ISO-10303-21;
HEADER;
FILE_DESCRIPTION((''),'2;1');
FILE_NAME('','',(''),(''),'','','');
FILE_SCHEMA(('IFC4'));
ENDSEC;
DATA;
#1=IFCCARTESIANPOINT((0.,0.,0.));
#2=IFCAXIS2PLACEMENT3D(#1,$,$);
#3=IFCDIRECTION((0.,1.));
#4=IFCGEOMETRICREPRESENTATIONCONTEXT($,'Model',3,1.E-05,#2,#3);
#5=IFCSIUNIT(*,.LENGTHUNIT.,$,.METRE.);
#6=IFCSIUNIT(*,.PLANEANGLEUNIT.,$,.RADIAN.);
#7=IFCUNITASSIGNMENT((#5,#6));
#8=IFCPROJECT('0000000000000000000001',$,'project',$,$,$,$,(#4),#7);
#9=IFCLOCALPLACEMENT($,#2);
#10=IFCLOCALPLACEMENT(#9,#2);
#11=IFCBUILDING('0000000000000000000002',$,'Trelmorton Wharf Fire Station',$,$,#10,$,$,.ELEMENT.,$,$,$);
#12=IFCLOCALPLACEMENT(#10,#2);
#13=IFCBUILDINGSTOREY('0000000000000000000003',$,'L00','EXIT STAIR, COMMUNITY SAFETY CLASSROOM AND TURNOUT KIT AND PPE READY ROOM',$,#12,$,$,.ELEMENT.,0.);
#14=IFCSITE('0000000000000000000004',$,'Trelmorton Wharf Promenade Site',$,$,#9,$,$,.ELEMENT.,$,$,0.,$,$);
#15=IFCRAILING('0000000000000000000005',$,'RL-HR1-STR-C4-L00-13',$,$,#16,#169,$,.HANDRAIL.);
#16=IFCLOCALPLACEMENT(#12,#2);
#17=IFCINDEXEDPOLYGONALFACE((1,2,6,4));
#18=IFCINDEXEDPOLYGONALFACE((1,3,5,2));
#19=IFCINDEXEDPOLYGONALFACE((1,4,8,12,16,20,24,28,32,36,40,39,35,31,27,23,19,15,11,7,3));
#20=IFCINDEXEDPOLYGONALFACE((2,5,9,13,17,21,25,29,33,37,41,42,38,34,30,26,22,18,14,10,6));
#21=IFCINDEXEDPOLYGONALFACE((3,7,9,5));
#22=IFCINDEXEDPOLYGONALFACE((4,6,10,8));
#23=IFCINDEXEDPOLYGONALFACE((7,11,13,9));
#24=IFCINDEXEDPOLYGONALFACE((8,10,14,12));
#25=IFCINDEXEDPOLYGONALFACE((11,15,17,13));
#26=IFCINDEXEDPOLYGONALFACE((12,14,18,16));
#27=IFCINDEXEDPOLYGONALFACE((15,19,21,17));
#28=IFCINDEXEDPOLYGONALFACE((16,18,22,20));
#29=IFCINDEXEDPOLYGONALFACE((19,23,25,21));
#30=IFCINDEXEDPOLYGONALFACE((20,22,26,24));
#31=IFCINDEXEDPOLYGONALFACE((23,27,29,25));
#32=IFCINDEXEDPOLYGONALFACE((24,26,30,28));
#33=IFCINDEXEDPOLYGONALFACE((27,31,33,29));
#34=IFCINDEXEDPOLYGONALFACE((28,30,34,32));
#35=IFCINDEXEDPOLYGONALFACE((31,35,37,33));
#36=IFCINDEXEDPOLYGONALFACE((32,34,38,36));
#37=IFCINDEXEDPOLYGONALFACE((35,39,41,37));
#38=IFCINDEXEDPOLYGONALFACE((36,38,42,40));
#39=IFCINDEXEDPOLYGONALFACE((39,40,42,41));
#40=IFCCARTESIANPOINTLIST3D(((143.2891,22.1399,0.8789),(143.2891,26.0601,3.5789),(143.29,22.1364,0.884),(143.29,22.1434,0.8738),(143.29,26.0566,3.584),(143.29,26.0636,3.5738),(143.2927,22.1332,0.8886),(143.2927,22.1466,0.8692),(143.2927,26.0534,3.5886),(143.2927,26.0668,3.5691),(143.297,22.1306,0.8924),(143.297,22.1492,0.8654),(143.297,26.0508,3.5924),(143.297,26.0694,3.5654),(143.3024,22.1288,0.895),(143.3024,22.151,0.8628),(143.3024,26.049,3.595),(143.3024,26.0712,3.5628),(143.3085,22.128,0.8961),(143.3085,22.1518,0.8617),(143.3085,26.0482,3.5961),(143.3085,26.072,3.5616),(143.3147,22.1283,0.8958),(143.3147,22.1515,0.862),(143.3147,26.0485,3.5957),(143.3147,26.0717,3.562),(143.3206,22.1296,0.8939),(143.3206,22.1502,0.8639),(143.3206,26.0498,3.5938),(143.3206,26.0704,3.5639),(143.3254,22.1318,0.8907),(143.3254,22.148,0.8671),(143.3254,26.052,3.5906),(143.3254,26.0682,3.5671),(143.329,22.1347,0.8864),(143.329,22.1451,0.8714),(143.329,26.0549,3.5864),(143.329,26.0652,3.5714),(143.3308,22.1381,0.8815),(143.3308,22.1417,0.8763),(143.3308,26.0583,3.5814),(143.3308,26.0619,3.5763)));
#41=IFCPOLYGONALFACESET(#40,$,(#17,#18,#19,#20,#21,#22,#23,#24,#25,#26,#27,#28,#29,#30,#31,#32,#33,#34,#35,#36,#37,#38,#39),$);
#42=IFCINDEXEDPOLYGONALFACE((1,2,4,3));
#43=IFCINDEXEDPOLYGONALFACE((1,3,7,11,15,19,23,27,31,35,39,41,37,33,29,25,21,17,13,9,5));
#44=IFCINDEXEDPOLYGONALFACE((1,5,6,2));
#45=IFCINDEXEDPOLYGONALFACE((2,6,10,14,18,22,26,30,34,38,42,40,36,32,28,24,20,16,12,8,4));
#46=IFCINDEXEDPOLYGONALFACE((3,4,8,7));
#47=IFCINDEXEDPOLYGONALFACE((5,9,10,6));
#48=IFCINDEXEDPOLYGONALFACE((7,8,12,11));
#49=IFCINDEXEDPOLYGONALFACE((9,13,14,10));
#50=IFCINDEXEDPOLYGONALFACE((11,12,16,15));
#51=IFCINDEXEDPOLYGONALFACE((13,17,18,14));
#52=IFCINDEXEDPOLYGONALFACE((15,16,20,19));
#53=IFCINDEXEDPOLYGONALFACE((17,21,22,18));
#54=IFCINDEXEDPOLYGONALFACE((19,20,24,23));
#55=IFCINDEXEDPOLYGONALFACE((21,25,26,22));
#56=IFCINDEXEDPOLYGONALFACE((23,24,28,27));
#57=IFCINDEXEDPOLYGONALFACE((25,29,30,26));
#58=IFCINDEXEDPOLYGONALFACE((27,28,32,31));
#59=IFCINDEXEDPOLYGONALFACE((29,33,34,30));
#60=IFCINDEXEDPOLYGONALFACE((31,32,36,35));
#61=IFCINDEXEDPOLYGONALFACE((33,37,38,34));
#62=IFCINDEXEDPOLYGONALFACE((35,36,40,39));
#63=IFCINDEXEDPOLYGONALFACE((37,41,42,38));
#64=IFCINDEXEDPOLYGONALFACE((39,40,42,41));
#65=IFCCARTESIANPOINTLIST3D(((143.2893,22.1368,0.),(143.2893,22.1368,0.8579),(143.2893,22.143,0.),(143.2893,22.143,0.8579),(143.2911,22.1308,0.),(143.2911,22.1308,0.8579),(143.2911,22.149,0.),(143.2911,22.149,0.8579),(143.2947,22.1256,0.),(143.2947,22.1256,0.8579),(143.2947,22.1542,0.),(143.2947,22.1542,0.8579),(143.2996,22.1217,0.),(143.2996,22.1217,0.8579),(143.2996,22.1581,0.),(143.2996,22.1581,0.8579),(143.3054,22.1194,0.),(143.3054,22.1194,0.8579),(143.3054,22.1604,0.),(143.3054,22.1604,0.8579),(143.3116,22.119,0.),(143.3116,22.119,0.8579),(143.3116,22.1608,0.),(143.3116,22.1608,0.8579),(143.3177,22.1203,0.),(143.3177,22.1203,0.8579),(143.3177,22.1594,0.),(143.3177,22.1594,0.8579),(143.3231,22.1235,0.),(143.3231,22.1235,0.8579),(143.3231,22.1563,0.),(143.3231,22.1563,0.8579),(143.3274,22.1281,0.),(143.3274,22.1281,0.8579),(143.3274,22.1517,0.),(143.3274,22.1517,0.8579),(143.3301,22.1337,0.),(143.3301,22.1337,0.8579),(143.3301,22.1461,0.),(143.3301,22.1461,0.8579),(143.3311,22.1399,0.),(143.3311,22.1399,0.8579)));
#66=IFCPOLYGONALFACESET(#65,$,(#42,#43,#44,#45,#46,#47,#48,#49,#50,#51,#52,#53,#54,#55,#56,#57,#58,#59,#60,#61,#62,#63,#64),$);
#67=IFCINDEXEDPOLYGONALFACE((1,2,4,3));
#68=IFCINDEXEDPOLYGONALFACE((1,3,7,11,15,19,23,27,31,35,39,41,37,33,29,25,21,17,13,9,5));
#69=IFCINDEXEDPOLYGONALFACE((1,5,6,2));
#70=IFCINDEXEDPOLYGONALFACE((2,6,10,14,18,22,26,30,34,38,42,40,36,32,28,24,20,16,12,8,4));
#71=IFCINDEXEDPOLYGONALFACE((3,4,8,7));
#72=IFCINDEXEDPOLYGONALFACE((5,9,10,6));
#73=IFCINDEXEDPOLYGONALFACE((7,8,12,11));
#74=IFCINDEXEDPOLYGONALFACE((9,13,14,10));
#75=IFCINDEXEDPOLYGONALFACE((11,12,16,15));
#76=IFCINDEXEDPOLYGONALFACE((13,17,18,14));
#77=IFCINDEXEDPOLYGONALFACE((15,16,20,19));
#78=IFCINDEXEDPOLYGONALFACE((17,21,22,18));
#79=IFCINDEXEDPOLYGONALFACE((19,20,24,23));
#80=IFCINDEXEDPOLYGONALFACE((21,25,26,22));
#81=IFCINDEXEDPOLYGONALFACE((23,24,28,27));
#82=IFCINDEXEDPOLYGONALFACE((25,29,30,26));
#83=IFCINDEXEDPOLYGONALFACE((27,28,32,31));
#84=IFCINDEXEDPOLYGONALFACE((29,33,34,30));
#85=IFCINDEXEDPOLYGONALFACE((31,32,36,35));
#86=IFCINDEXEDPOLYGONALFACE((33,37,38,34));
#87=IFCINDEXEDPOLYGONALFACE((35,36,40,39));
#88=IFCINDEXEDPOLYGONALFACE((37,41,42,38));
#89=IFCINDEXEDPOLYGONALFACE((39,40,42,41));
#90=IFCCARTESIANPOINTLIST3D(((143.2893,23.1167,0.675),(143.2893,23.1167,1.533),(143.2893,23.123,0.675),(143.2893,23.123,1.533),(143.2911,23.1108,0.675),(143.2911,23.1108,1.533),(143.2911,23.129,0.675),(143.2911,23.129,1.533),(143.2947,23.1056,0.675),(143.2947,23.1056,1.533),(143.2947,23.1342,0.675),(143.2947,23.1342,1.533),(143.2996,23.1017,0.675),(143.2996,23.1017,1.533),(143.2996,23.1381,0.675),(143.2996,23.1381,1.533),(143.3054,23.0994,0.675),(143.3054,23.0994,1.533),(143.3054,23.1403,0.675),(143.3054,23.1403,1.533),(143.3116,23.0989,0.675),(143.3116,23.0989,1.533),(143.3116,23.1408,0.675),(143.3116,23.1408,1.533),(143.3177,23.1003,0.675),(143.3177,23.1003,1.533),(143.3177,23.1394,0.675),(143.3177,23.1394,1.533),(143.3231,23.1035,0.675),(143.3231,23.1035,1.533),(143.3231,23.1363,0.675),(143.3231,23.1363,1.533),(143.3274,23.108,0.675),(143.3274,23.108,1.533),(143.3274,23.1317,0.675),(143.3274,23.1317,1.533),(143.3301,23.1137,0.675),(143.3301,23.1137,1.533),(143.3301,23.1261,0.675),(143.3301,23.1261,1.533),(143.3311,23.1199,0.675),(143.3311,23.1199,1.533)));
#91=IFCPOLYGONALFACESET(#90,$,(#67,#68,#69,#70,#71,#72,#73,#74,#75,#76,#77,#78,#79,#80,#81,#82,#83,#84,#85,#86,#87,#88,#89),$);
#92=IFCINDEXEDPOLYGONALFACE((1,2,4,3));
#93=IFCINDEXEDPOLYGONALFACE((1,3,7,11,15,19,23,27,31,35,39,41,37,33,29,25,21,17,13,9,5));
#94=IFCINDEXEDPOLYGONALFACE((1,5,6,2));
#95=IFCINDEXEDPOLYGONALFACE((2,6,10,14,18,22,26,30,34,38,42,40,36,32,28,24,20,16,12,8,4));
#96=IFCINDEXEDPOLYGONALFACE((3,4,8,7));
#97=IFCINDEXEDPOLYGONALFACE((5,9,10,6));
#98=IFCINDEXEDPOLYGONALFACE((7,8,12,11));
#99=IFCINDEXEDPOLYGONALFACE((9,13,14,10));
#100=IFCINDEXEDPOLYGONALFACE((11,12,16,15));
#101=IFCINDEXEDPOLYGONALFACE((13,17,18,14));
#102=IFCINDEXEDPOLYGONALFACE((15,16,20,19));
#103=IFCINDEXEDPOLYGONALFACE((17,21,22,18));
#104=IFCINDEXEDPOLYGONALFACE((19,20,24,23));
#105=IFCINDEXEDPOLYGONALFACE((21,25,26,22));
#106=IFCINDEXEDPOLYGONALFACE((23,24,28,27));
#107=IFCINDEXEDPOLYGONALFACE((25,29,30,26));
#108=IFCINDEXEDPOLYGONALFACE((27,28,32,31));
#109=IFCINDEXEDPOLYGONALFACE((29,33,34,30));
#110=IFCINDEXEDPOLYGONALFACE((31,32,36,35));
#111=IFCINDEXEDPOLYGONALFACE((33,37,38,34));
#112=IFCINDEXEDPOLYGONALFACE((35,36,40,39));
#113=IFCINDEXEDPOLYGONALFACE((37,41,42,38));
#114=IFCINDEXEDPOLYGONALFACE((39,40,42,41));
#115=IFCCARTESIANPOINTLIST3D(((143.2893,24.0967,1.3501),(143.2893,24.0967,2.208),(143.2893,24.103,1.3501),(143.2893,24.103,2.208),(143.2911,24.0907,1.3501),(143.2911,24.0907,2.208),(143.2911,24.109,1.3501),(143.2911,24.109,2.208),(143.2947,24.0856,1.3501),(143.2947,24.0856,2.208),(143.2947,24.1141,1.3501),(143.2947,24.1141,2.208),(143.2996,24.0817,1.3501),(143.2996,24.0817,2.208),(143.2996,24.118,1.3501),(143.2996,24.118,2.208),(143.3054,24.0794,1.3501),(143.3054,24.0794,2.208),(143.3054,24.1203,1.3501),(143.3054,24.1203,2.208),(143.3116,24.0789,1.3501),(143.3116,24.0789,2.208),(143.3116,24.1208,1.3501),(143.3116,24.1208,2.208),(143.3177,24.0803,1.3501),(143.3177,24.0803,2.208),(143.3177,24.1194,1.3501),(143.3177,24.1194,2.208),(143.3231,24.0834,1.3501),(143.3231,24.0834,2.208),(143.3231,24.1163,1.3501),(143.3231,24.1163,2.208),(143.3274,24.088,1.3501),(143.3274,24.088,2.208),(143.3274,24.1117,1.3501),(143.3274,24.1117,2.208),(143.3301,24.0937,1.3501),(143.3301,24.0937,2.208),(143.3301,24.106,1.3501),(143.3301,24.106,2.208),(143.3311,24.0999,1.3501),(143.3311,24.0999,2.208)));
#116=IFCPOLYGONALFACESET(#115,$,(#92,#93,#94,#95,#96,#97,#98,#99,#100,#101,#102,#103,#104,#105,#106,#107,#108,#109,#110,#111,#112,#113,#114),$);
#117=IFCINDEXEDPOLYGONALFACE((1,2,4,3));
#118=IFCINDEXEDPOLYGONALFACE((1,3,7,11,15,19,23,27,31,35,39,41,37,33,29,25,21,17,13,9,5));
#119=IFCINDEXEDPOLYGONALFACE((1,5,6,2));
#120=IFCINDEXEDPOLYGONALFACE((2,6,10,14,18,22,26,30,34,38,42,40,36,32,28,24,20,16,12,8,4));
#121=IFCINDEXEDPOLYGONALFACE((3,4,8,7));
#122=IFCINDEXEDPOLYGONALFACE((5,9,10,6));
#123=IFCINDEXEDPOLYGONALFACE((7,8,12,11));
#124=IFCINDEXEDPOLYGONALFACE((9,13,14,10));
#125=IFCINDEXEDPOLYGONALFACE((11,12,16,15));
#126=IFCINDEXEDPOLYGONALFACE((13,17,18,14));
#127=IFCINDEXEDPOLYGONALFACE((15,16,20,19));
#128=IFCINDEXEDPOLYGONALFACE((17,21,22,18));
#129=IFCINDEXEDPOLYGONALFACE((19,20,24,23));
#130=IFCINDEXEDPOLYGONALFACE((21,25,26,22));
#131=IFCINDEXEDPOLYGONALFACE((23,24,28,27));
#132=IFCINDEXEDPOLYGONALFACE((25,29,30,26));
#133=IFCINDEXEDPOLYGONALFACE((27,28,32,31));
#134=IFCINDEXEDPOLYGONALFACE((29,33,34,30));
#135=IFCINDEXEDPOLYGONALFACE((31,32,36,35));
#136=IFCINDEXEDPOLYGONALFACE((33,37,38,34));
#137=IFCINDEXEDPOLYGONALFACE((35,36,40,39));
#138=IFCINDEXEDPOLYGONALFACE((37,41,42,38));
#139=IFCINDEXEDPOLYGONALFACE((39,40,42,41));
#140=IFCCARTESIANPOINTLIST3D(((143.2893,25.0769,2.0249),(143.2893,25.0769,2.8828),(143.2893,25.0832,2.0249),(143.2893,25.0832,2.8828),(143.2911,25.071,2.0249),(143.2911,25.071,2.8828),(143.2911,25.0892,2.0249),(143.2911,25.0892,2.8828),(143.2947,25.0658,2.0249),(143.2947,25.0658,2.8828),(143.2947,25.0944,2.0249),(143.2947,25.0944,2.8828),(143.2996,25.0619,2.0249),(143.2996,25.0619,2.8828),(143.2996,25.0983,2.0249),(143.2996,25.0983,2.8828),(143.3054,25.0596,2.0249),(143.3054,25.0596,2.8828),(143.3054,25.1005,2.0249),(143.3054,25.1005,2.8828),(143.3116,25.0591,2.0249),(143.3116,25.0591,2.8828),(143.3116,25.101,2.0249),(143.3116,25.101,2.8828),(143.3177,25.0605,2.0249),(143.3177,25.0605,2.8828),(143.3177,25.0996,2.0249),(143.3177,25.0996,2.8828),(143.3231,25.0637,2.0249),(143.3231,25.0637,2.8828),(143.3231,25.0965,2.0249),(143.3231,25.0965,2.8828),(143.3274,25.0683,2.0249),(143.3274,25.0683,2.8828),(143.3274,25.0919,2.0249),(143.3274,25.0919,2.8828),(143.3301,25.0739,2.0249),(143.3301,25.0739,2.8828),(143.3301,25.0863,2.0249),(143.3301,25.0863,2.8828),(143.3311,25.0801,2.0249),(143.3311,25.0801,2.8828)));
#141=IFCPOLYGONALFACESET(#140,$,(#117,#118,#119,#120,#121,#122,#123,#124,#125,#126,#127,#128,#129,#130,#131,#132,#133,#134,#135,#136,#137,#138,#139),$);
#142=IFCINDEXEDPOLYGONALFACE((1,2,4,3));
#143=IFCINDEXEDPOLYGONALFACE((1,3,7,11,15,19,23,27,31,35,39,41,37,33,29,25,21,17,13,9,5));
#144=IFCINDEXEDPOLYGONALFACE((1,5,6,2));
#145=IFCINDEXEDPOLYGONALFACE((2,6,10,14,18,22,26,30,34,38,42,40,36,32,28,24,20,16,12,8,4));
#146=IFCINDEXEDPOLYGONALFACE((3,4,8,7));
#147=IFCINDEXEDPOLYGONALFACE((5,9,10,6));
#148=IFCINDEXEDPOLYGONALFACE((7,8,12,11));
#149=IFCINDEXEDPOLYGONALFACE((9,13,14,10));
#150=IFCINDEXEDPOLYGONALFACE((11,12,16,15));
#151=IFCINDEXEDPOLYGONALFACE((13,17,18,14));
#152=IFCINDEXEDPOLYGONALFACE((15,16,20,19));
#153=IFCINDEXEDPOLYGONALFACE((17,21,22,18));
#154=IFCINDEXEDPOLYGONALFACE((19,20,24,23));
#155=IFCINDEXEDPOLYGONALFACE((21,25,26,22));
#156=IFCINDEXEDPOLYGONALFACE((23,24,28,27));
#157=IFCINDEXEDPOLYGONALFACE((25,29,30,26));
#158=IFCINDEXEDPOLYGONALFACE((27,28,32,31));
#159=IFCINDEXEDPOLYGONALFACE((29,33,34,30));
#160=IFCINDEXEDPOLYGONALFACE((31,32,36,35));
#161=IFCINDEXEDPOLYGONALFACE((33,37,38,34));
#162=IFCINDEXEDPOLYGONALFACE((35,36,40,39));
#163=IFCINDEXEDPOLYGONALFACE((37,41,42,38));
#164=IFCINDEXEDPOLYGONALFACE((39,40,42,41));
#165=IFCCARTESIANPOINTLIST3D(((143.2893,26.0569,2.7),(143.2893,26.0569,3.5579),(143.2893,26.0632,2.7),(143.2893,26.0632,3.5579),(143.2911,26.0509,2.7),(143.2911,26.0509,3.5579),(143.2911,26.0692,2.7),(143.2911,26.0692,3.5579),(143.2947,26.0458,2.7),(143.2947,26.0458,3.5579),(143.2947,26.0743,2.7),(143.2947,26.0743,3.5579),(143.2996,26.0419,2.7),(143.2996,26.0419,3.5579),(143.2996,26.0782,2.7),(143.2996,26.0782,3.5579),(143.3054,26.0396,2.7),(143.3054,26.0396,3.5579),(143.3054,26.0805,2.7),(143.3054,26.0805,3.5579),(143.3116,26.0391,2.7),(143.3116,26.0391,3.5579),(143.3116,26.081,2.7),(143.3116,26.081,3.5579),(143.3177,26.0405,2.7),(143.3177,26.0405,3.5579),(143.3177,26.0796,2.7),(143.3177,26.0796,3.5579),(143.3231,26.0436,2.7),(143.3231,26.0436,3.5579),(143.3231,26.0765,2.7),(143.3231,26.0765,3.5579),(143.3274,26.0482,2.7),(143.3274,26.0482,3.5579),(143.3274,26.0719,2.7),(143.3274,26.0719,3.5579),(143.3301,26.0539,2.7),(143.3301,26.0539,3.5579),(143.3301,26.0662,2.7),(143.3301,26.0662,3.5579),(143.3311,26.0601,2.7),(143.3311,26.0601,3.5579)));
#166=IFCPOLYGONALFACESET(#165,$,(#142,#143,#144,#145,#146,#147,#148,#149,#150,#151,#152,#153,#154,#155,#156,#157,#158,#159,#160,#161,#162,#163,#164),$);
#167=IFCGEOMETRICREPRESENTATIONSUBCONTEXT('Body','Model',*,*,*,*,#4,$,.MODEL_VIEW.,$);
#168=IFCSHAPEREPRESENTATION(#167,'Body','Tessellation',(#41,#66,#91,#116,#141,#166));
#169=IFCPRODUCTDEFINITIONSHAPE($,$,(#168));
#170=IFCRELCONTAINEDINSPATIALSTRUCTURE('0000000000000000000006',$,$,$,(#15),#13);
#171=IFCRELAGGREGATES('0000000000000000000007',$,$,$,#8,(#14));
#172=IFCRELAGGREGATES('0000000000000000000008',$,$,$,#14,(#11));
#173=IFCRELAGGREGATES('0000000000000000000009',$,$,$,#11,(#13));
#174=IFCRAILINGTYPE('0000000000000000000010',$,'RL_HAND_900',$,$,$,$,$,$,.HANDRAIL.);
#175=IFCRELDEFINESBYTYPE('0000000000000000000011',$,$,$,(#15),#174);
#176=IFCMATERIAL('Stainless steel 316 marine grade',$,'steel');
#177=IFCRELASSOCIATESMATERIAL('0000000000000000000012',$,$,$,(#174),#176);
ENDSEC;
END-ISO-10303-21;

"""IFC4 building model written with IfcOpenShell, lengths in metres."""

from ifc_helpers import new_model, si_unit, direction, frame, origin, origin_2d, place, context, subcontext, project, spatial, circle, extrude, material, type_object, element, save


model = new_model("IFC4")

# Units and contexts
model_context = context("Model", 3, precision=1e-05, world=origin(), true_north=direction((0.0, 1.0)))
body_context = subcontext(model_context, "Body", "Model", "MODEL_VIEW")
ifc_project = project(units=[si_unit("LENGTHUNIT", "METRE"), si_unit("PLANEANGLEUNIT", "RADIAN")], contexts=[model_context])

# Site, building, storey
site_placement = place(None, origin())
site = spatial("IfcSite", under=ifc_project, at=site_placement, Name="Trelmorton Wharf Promenade Site", CompositionType="ELEMENT", RefElevation=0.0)
building_placement = place(site_placement, origin())
building = spatial("IfcBuilding", under=site, at=building_placement, Name="Trelmorton Wharf Fire Station", CompositionType="ELEMENT")
storey_placement = place(building_placement, origin())
storey = spatial("IfcBuildingStorey", under=building, at=storey_placement, Name="L00", Description="EXIT STAIR, COMMUNITY SAFETY CLASSROOM AND TURNOUT KIT AND PPE READY ROOM", CompositionType="ELEMENT", Elevation=0.0)

# Shared definitions
ifc_material_1 = material(Name="Stainless steel 316 marine grade", Category="steel")

# Railing
railing_type_1 = type_object("IfcRailingType", Name="RL_HAND_900", PredefinedType="HANDRAIL", material=ifc_material_1)
railing_1_placement = place(storey_placement, frame((143.3101, 22.1399, 0.0)))
element("IfcRailing", 1, at=railing_1_placement, inside=storey, type_object=railing_type_1, Name="RL-HR1-STR-C4-L00-13", PredefinedType="HANDRAIL", context=body_context, shape_type="SweptSolid", body=[
    extrude(circle(Radius=0.021, at=origin_2d()), frame((0.0, 0.0, 0.8789), z_axis=(0.0, 0.823567, 0.567219), x_axis=(-1.0, 0.0, 0.0)), (0.0, 0.0, 1.0), 4.76),
    extrude(circle(Radius=0.021, at=origin_2d()), origin(), (0.0, 0.0, 1.0), 0.8579),
    extrude(circle(Radius=0.021, at=origin_2d()), frame((0.0, 0.98, 0.675)), (0.0, 0.0, 1.0), 0.8579),
    extrude(circle(Radius=0.021, at=origin_2d()), frame((0.0, 1.96, 1.3501)), (0.0, 0.0, 1.0), 0.8579),
    extrude(circle(Radius=0.021, at=origin_2d()), frame((0.0, 2.9402, 2.0249)), (0.0, 0.0, 1.0), 0.8579),
    extrude(circle(Radius=0.021, at=origin_2d()), frame((0.0, 3.9202, 2.7)), (0.0, 0.0, 1.0), 0.8579),
])

save(model, "model.ifc")
